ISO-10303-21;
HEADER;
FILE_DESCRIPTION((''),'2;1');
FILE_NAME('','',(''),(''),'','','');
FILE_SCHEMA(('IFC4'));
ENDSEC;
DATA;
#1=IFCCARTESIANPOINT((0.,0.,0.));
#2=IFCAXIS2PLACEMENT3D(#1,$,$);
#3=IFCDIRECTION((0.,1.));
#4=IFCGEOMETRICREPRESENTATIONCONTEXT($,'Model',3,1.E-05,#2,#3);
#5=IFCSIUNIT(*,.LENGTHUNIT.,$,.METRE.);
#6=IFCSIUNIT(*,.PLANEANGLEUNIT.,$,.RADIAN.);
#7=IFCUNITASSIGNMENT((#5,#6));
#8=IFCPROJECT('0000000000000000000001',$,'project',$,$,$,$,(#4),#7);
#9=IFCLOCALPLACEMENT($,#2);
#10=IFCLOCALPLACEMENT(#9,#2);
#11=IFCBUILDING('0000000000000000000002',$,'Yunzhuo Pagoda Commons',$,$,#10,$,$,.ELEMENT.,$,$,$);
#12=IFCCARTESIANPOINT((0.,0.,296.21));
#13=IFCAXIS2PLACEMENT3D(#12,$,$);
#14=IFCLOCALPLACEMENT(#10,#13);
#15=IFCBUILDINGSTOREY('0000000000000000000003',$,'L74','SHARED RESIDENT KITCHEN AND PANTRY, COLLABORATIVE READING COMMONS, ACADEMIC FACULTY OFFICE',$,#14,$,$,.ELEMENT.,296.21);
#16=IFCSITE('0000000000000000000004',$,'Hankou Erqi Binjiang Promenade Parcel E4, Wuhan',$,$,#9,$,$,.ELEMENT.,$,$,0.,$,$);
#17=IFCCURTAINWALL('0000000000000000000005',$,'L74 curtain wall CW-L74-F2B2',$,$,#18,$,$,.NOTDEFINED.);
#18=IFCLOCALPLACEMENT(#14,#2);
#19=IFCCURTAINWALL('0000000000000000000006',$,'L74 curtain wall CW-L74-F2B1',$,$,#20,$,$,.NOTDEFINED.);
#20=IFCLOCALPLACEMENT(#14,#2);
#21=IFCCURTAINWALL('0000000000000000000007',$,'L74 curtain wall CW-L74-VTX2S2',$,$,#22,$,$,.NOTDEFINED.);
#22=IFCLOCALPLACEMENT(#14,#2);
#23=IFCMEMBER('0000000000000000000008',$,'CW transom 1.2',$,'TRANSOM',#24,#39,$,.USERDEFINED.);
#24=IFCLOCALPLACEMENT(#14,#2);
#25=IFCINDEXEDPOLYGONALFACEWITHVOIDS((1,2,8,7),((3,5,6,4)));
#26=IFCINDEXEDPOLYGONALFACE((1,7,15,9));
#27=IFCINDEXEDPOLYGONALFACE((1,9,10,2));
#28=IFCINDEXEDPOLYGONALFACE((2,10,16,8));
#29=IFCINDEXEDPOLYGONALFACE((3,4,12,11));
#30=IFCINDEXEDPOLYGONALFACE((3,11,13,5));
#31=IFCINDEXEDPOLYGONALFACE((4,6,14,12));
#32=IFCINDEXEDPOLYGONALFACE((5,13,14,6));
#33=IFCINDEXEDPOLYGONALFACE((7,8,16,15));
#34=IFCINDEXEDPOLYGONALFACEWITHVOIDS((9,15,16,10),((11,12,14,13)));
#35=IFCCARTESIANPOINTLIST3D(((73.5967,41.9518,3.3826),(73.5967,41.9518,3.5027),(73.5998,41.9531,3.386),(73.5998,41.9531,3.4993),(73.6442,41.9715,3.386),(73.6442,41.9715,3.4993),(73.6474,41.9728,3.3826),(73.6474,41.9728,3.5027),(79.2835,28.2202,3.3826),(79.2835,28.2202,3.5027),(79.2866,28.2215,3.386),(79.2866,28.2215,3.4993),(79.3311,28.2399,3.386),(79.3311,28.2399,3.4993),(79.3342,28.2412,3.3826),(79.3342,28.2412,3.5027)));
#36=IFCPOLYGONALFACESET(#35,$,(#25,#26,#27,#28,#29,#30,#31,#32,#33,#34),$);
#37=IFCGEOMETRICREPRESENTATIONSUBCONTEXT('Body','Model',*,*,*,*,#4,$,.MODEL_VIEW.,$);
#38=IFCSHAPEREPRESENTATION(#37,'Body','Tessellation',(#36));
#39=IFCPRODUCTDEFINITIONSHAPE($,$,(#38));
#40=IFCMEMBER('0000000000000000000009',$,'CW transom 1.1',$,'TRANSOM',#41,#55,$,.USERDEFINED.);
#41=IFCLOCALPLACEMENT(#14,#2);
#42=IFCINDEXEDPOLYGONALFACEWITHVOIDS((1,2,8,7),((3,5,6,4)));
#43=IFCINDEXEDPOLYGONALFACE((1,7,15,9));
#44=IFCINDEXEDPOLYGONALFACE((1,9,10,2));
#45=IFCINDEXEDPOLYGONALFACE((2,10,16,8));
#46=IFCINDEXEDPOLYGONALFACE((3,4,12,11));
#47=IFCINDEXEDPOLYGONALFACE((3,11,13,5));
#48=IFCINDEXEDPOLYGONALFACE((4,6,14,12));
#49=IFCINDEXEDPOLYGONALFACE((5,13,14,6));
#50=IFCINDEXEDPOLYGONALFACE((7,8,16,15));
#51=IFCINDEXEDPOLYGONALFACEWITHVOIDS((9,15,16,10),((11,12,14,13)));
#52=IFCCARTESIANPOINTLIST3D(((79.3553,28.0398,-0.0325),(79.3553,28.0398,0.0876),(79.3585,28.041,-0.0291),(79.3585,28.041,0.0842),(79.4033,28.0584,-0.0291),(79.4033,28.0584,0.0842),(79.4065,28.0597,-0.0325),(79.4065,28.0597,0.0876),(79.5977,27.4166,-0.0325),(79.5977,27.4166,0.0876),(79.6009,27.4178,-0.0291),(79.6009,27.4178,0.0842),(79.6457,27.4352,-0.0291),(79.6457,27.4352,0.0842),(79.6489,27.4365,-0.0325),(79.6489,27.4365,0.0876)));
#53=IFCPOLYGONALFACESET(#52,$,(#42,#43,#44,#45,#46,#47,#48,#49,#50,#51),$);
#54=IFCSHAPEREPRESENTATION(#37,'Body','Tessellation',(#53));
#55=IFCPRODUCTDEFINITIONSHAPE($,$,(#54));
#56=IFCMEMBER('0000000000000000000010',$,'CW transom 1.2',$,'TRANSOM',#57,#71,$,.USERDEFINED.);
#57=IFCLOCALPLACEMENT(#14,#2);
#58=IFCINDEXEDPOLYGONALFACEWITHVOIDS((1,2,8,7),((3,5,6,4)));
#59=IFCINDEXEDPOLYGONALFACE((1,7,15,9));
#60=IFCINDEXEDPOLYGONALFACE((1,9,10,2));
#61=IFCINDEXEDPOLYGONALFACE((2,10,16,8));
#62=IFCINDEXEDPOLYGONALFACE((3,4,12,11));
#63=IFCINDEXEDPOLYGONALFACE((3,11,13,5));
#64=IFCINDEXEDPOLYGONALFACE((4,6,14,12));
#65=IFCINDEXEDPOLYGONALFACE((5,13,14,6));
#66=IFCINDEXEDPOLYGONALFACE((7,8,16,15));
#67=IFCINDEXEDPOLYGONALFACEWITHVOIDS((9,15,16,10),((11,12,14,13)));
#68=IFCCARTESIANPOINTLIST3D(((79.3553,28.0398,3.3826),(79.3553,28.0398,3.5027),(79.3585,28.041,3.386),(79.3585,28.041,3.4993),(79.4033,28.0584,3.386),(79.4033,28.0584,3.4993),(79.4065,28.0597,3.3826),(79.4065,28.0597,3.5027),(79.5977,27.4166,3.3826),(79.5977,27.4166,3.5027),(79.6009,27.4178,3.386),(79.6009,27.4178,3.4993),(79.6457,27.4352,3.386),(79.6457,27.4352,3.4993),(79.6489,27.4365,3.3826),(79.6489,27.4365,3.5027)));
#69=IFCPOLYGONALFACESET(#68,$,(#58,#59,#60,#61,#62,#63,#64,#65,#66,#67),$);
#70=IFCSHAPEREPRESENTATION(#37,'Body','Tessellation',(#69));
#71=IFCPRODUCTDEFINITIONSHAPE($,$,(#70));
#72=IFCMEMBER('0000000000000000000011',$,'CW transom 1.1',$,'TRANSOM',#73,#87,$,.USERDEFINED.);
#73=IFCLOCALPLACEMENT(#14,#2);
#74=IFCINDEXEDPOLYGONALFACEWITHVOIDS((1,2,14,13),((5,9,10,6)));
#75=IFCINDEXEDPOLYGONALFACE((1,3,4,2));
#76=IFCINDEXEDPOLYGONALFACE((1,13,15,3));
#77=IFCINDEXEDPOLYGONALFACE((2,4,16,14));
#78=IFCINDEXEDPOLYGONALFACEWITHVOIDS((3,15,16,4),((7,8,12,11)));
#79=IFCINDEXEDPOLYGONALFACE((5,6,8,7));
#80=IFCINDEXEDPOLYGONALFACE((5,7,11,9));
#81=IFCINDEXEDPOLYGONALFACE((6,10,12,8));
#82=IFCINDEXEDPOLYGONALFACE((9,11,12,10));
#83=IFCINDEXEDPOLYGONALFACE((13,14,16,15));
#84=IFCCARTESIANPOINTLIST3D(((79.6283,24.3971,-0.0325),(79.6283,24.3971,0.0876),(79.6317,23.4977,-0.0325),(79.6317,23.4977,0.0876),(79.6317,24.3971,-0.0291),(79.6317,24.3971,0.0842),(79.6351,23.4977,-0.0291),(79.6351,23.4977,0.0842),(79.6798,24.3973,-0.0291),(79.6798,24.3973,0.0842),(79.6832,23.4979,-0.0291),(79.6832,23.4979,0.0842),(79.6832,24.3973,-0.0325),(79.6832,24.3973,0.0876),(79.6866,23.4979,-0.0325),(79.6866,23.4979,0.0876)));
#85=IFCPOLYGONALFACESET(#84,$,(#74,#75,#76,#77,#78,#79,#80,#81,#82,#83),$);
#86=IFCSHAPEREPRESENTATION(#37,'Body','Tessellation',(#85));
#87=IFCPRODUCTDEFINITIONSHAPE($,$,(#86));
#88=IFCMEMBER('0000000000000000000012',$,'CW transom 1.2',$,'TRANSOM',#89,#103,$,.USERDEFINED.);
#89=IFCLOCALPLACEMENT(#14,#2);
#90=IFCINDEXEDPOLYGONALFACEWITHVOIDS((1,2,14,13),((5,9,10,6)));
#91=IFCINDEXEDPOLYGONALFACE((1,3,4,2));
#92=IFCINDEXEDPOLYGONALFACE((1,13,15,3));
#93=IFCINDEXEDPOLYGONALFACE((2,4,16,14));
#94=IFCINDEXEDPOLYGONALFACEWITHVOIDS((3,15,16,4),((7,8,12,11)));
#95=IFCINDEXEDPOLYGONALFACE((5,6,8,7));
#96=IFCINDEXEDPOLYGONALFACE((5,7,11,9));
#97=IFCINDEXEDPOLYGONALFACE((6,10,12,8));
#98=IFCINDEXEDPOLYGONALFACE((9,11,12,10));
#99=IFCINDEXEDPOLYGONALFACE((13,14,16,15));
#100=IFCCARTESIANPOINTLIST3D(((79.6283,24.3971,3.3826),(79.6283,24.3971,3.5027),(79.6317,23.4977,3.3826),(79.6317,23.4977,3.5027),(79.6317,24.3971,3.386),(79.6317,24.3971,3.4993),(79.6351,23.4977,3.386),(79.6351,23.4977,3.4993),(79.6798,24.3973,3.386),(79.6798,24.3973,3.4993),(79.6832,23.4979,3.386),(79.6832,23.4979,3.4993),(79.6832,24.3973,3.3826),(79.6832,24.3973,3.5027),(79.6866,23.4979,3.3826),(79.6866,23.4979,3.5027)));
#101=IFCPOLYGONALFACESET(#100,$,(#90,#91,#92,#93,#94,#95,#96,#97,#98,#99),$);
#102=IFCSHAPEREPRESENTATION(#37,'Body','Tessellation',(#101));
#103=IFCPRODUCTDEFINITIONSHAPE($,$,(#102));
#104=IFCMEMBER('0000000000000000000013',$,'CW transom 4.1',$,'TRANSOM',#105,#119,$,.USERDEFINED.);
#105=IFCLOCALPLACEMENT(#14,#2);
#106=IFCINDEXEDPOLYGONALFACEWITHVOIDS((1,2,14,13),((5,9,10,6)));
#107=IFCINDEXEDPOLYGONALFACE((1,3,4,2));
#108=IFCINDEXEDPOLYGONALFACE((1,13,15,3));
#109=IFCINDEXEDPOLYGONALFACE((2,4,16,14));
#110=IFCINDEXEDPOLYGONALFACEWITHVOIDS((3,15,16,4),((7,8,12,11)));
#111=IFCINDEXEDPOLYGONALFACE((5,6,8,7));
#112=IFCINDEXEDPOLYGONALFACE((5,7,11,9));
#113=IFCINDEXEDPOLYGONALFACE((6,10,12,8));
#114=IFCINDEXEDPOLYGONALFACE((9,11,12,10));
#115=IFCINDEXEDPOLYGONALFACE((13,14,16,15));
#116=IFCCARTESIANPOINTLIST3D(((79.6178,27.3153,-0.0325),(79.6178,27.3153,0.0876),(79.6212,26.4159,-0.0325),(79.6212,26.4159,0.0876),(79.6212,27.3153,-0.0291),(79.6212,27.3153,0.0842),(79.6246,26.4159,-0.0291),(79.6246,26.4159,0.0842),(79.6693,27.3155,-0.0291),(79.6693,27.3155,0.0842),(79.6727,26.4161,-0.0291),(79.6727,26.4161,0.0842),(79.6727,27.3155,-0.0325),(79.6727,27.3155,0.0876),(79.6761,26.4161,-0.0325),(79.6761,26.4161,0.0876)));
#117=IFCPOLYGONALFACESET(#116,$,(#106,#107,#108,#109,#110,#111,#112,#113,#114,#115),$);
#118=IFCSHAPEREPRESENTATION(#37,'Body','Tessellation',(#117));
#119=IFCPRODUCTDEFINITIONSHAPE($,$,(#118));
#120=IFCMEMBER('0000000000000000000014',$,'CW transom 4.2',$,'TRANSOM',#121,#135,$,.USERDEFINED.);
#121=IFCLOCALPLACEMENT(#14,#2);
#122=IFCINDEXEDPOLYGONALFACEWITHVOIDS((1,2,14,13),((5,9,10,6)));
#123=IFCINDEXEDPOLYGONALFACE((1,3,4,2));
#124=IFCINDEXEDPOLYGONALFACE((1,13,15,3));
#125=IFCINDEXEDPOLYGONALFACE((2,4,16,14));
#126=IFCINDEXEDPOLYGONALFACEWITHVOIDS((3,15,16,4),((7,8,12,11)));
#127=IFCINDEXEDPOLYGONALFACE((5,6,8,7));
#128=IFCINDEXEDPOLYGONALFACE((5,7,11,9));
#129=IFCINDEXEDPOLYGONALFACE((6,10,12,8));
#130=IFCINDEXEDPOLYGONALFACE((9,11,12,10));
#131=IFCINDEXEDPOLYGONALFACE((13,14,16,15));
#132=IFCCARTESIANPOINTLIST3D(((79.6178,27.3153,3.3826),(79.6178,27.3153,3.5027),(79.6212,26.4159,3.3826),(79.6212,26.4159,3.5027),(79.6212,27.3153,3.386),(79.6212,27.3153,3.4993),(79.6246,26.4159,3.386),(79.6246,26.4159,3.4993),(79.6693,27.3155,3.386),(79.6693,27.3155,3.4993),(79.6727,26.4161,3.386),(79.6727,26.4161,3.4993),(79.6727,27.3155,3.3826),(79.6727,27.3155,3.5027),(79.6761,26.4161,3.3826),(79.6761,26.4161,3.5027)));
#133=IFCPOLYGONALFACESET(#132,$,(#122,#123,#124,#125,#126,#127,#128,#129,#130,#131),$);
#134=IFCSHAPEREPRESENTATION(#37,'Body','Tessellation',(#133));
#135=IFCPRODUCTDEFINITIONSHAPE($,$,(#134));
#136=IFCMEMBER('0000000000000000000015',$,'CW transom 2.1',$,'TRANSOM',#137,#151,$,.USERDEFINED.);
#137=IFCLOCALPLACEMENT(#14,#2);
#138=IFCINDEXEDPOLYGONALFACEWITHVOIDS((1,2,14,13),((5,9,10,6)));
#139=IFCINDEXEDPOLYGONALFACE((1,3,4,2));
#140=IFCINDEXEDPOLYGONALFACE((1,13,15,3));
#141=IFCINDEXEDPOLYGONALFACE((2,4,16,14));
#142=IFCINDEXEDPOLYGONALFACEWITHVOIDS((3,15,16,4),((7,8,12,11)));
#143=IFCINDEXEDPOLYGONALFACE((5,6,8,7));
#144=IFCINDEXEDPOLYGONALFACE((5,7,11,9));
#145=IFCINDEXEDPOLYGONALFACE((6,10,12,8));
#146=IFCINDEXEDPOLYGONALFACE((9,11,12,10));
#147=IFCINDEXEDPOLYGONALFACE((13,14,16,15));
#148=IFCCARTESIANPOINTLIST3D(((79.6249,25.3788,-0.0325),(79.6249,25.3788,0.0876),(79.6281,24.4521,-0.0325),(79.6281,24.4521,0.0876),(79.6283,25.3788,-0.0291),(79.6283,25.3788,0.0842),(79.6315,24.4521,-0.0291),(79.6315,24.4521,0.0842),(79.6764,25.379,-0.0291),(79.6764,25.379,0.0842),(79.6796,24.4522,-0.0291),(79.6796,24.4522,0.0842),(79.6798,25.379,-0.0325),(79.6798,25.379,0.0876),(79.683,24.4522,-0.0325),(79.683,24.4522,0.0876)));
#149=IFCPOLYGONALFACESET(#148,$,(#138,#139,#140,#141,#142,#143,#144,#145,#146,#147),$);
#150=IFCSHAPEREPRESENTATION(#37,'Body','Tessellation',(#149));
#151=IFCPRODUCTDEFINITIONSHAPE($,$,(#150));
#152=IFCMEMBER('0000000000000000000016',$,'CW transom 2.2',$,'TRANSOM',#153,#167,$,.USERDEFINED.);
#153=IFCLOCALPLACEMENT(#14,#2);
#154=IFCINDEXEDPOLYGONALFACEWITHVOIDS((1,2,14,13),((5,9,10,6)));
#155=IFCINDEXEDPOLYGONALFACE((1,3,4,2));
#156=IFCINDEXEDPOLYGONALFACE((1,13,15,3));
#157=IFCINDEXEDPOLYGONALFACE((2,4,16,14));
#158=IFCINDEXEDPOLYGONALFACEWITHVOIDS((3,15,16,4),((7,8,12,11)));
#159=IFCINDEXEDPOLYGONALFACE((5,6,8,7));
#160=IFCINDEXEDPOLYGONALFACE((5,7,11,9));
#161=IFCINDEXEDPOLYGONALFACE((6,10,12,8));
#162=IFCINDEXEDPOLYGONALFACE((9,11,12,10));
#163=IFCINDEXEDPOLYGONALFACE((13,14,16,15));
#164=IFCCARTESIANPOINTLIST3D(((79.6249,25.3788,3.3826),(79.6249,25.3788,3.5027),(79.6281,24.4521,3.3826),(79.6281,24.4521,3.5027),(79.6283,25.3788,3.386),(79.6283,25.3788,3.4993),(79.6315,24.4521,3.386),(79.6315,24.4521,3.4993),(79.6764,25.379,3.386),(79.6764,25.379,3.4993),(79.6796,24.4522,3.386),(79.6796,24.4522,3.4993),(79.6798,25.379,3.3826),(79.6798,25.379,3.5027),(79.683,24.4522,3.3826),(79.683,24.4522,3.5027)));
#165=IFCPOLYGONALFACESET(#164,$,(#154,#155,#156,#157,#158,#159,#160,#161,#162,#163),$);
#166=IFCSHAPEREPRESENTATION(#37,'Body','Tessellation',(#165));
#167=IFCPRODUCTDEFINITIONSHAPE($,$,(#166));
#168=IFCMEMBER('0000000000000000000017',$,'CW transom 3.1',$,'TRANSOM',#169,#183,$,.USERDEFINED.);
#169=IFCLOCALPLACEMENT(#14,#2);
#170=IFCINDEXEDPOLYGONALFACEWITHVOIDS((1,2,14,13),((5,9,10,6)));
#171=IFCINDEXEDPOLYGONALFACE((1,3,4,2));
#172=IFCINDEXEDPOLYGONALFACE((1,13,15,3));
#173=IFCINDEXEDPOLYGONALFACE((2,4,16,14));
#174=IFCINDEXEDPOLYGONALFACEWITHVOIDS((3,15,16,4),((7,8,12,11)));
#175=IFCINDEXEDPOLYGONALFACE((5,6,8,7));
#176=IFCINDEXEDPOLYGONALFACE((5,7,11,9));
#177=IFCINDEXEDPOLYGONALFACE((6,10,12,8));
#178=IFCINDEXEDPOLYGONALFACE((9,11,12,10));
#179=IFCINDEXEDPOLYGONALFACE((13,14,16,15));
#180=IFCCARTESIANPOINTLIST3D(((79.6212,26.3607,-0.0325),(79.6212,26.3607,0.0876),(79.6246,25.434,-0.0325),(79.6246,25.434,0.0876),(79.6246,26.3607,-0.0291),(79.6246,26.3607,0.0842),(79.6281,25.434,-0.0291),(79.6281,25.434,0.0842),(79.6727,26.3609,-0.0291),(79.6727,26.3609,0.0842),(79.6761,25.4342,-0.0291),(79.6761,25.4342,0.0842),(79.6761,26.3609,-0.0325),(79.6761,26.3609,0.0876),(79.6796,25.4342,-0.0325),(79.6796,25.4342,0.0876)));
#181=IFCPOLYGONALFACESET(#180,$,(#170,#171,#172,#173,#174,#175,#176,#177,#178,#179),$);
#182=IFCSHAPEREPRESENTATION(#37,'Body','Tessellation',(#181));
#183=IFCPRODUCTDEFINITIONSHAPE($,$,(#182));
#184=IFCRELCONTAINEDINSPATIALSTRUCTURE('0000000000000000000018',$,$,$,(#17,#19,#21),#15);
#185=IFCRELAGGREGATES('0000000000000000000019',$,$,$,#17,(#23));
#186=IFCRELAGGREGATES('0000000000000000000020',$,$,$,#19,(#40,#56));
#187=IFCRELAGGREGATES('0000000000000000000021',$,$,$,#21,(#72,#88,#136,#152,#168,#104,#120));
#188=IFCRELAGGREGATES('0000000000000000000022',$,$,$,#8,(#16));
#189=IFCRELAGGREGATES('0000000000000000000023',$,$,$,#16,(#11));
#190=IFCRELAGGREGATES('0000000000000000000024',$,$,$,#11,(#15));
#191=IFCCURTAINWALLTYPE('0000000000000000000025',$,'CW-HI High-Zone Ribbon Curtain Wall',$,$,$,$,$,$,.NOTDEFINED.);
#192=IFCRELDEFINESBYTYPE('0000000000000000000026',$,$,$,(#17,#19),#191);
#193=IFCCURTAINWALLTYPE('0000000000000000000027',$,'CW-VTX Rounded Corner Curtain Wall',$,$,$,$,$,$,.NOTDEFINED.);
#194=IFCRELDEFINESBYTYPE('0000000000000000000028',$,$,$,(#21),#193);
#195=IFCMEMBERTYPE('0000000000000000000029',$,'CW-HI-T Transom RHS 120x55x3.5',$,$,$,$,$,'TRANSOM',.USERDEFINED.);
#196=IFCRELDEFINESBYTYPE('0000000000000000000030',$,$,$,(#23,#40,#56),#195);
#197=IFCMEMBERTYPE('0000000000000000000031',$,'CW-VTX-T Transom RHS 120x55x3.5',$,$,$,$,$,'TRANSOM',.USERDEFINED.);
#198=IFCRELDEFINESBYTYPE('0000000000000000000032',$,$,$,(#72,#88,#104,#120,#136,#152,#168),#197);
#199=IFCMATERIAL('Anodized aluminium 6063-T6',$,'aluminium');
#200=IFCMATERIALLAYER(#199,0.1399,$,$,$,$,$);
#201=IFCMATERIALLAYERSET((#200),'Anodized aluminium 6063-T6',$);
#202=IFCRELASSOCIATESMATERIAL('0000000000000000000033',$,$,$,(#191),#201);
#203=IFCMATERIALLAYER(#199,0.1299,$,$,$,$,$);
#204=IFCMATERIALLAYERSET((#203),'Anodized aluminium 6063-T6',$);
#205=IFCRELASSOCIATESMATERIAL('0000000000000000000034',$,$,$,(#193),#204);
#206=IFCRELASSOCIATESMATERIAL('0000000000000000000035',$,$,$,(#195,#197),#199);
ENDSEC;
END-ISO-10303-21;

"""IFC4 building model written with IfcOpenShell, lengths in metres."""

from ifc_helpers import new_model, si_unit, direction, frame, origin, origin_2d, place, context, subcontext, project, spatial, hollow_rectangle, extrude, source, transform, mapped, material, layer, layer_set, material_profile, profile_set, type_object, element, aggregate, save


model = new_model("IFC4")

# Units and contexts
model_context = context("Model", 3, precision=1e-05, world=origin(), true_north=direction((0.0, 1.0)))
body_context = subcontext(model_context, "Body", "Model", "MODEL_VIEW")
ifc_project = project(units=[si_unit("LENGTHUNIT", "METRE"), si_unit("PLANEANGLEUNIT", "RADIAN")], contexts=[model_context])

# Site, building, storey
site_placement = place(None, origin())
site = spatial("IfcSite", under=ifc_project, at=site_placement, Name="Hankou Erqi Binjiang Promenade Parcel E4, Wuhan", CompositionType="ELEMENT", RefElevation=0.0)
building_placement = place(site_placement, origin())
building = spatial("IfcBuilding", under=site, at=building_placement, Name="Yunzhuo Pagoda Commons", CompositionType="ELEMENT")
storey_placement = place(building_placement, frame((0.0, 0.0, 296.21)))
storey = spatial("IfcBuildingStorey", under=building, at=storey_placement, Name="L74", Description="SHARED RESIDENT KITCHEN AND PANTRY, COLLABORATIVE READING COMMONS, ACADEMIC FACULTY OFFICE", CompositionType="ELEMENT", Elevation=296.21)

# Curtain wall
ifc_material_1 = material(Name="Anodized aluminium 6063-T6", Category="aluminium")
ifc_layer_1 = layer(ifc_material_1, 0.1399)
ifc_layer_set_1 = layer_set([ifc_layer_1], Name="Anodized aluminium 6063-T6")
curtain_wall_type_1 = type_object("IfcCurtainWallType", Name="CW-HI High-Zone Ribbon Curtain Wall", PredefinedType="NOTDEFINED", material=ifc_layer_set_1)
curtain_wall_1_placement = place(storey_placement, origin())
curtain_wall_1 = element("IfcCurtainWall", 1, at=curtain_wall_1_placement, inside=storey, type_object=curtain_wall_type_1, Name="L74 curtain wall CW-L74-F2B2", PredefinedType="NOTDEFINED")

# Curtain walls
curtain_wall_2_placement = place(storey_placement, origin())
curtain_wall_2 = element("IfcCurtainWall", 2, at=curtain_wall_2_placement, inside=storey, type_object=curtain_wall_type_1, Name="L74 curtain wall CW-L74-F2B1", PredefinedType="NOTDEFINED")
ifc_layer_2 = layer(ifc_material_1, 0.1299)
ifc_layer_set_2 = layer_set([ifc_layer_2], Name="Anodized aluminium 6063-T6")
curtain_wall_type_2 = type_object("IfcCurtainWallType", Name="CW-VTX Rounded Corner Curtain Wall", PredefinedType="NOTDEFINED", material=ifc_layer_set_2)
curtain_wall_3_placement = place(storey_placement, origin())
curtain_wall_3 = element("IfcCurtainWall", 3, at=curtain_wall_3_placement, inside=storey, type_object=curtain_wall_type_2, Name="L74 curtain wall CW-L74-VTX2S2", PredefinedType="NOTDEFINED")

# Members
ifc_material_profile_1 = material_profile(ifc_material_1, hollow_rectangle(XDim=0.0549, YDim=0.1201, WallThickness=0.0034, at=origin_2d()), Name="Anodized aluminium 6063-T6")
ifc_profile_set_1 = profile_set([ifc_material_profile_1], Name="Anodized aluminium 6063-T6")
member_type_1 = type_object("IfcMemberType", Name="CW-HI-T Transom RHS 120x55x3.5", ElementType="TRANSOM", PredefinedType="USERDEFINED", material=ifc_profile_set_1)
shared_shape_1 = source(origin(), body_context, "Body", "SweptSolid", [
    extrude(hollow_rectangle(XDim=0.0549, YDim=0.1201, WallThickness=0.0034, at=origin_2d()), origin(), (0.0, 0.0, 1.0), 14.8625),
])
member_1_placement = place(storey_placement, frame((79.3088, 28.2307, 3.4426), z_axis=(-0.382627, 0.923903, 0.0), x_axis=(-0.923903, -0.382627, 0.0)))
member_1 = element("IfcMember", 4, at=member_1_placement, type_object=member_type_1, Name="CW transom 1.2", ObjectType="TRANSOM", PredefinedType="USERDEFINED", context=body_context, shape_type="MappedRepresentation", body=[
    mapped(shared_shape_1, transform((0.0, 0.0, 0.0), scale=1.0)),
])
aggregate(curtain_wall_1, [member_1])
shared_shape_2 = source(origin(), body_context, "Body", "SweptSolid", [
    extrude(hollow_rectangle(XDim=0.0549, YDim=0.1201, WallThickness=0.0034, at=origin_2d()), origin(), (0.0, 0.0, 1.0), 0.6687),
])
member_2_placement = place(storey_placement, frame((79.6233, 27.4265, 0.0276), z_axis=(-0.362499, 0.931984, 0.0), x_axis=(-0.931984, -0.362499, 0.0)))
member_2 = element("IfcMember", 5, at=member_2_placement, type_object=member_type_1, Name="CW transom 1.1", ObjectType="TRANSOM", PredefinedType="USERDEFINED", context=body_context, shape_type="MappedRepresentation", body=[
    mapped(shared_shape_2, transform((0.0, 0.0, 0.0), scale=1.0)),
])
member_3_placement = place(storey_placement, frame((79.6233, 27.4265, 3.4426), z_axis=(-0.362499, 0.931984, 0.0), x_axis=(-0.931984, -0.362499, 0.0)))
member_3 = element("IfcMember", 6, at=member_3_placement, type_object=member_type_1, Name="CW transom 1.2", ObjectType="TRANSOM", PredefinedType="USERDEFINED", context=body_context, shape_type="MappedRepresentation", body=[
    mapped(shared_shape_2, transform((0.0, 0.0, 0.0), scale=1.0)),
])
ifc_material_profile_2 = material_profile(ifc_material_1, hollow_rectangle(XDim=0.0549, YDim=0.1201, WallThickness=0.0034, at=origin_2d()), Name="Anodized aluminium 6063-T6")
ifc_profile_set_2 = profile_set([ifc_material_profile_2], Name="Anodized aluminium 6063-T6")
member_type_2 = type_object("IfcMemberType", Name="CW-VTX-T Transom RHS 120x55x3.5", ElementType="TRANSOM", PredefinedType="USERDEFINED", material=ifc_profile_set_2)
shared_shape_3 = source(origin(), body_context, "Body", "SweptSolid", [
    extrude(hollow_rectangle(XDim=0.0549, YDim=0.1201, WallThickness=0.0034, at=origin_2d()), origin(), (0.0, 0.0, 1.0), 0.8994),
])
member_4_placement = place(storey_placement, frame((79.6592, 23.4978, 0.0276), z_axis=(-0.0038, 0.999993, 0.0), x_axis=(-0.999993, -0.0038, 0.0)))
member_4 = element("IfcMember", 7, at=member_4_placement, type_object=member_type_2, Name="CW transom 1.1", ObjectType="TRANSOM", PredefinedType="USERDEFINED", context=body_context, shape_type="MappedRepresentation", body=[
    mapped(shared_shape_3, transform((0.0, 0.0, 0.0), scale=1.0)),
])
member_5_placement = place(storey_placement, frame((79.6592, 23.4978, 3.4426), z_axis=(-0.0038, 0.999993, 0.0), x_axis=(-0.999993, -0.0038, 0.0)))
member_5 = element("IfcMember", 8, at=member_5_placement, type_object=member_type_2, Name="CW transom 1.2", ObjectType="TRANSOM", PredefinedType="USERDEFINED", context=body_context, shape_type="MappedRepresentation", body=[
    mapped(shared_shape_3, transform((0.0, 0.0, 0.0), scale=1.0)),
])
member_6_placement = place(storey_placement, frame((79.6487, 26.416, 0.0276), z_axis=(-0.0038, 0.999993, 0.0), x_axis=(-0.999993, -0.0038, 0.0)))
member_6 = element("IfcMember", 9, at=member_6_placement, type_object=member_type_2, Name="CW transom 4.1", ObjectType="TRANSOM", PredefinedType="USERDEFINED", context=body_context, shape_type="MappedRepresentation", body=[
    mapped(shared_shape_3, transform((0.0, 0.0, 0.0), scale=1.0)),
])
member_7_placement = place(storey_placement, frame((79.6487, 26.416, 3.4426), z_axis=(-0.0038, 0.999993, 0.0), x_axis=(-0.999993, -0.0038, 0.0)))
member_7 = element("IfcMember", 10, at=member_7_placement, type_object=member_type_2, Name="CW transom 4.2", ObjectType="TRANSOM", PredefinedType="USERDEFINED", context=body_context, shape_type="MappedRepresentation", body=[
    mapped(shared_shape_3, transform((0.0, 0.0, 0.0), scale=1.0)),
])
shared_shape_4 = source(origin(), body_context, "Body", "SweptSolid", [
    extrude(hollow_rectangle(XDim=0.0549, YDim=0.1201, WallThickness=0.0034, at=origin_2d()), origin(), (0.0, 0.0, 1.0), 0.9268),
])
member_8_placement = place(storey_placement, frame((79.6555, 24.4521, 0.0276), z_axis=(-0.003425, 0.999994, 0.0), x_axis=(-0.999994, -0.003425, 0.0)))
member_8 = element("IfcMember", 11, at=member_8_placement, type_object=member_type_2, Name="CW transom 2.1", ObjectType="TRANSOM", PredefinedType="USERDEFINED", context=body_context, shape_type="MappedRepresentation", body=[
    mapped(shared_shape_4, transform((0.0, 0.0, 0.0), scale=1.0)),
])
member_9_placement = place(storey_placement, frame((79.6555, 24.4521, 3.4426), z_axis=(-0.003425, 0.999994, 0.0), x_axis=(-0.999994, -0.003425, 0.0)))
member_9 = element("IfcMember", 12, at=member_9_placement, type_object=member_type_2, Name="CW transom 2.2", ObjectType="TRANSOM", PredefinedType="USERDEFINED", context=body_context, shape_type="MappedRepresentation", body=[
    mapped(shared_shape_4, transform((0.0, 0.0, 0.0), scale=1.0)),
])
member_10_placement = place(storey_placement, frame((79.6521, 25.4341, 0.0276), z_axis=(-0.003688, 0.999993, 0.0), x_axis=(-0.999993, -0.003688, 0.0)))
member_10 = element("IfcMember", 13, at=member_10_placement, type_object=member_type_2, Name="CW transom 3.1", ObjectType="TRANSOM", PredefinedType="USERDEFINED", context=body_context, shape_type="MappedRepresentation", body=[
    mapped(shared_shape_4, transform((0.0, 0.0, 0.0), scale=1.0)),
])

aggregate(curtain_wall_2, [member_2, member_3])

aggregate(curtain_wall_3, [member_4, member_5, member_8, member_9, member_10, member_6, member_7])

save(model, "model.ifc")
